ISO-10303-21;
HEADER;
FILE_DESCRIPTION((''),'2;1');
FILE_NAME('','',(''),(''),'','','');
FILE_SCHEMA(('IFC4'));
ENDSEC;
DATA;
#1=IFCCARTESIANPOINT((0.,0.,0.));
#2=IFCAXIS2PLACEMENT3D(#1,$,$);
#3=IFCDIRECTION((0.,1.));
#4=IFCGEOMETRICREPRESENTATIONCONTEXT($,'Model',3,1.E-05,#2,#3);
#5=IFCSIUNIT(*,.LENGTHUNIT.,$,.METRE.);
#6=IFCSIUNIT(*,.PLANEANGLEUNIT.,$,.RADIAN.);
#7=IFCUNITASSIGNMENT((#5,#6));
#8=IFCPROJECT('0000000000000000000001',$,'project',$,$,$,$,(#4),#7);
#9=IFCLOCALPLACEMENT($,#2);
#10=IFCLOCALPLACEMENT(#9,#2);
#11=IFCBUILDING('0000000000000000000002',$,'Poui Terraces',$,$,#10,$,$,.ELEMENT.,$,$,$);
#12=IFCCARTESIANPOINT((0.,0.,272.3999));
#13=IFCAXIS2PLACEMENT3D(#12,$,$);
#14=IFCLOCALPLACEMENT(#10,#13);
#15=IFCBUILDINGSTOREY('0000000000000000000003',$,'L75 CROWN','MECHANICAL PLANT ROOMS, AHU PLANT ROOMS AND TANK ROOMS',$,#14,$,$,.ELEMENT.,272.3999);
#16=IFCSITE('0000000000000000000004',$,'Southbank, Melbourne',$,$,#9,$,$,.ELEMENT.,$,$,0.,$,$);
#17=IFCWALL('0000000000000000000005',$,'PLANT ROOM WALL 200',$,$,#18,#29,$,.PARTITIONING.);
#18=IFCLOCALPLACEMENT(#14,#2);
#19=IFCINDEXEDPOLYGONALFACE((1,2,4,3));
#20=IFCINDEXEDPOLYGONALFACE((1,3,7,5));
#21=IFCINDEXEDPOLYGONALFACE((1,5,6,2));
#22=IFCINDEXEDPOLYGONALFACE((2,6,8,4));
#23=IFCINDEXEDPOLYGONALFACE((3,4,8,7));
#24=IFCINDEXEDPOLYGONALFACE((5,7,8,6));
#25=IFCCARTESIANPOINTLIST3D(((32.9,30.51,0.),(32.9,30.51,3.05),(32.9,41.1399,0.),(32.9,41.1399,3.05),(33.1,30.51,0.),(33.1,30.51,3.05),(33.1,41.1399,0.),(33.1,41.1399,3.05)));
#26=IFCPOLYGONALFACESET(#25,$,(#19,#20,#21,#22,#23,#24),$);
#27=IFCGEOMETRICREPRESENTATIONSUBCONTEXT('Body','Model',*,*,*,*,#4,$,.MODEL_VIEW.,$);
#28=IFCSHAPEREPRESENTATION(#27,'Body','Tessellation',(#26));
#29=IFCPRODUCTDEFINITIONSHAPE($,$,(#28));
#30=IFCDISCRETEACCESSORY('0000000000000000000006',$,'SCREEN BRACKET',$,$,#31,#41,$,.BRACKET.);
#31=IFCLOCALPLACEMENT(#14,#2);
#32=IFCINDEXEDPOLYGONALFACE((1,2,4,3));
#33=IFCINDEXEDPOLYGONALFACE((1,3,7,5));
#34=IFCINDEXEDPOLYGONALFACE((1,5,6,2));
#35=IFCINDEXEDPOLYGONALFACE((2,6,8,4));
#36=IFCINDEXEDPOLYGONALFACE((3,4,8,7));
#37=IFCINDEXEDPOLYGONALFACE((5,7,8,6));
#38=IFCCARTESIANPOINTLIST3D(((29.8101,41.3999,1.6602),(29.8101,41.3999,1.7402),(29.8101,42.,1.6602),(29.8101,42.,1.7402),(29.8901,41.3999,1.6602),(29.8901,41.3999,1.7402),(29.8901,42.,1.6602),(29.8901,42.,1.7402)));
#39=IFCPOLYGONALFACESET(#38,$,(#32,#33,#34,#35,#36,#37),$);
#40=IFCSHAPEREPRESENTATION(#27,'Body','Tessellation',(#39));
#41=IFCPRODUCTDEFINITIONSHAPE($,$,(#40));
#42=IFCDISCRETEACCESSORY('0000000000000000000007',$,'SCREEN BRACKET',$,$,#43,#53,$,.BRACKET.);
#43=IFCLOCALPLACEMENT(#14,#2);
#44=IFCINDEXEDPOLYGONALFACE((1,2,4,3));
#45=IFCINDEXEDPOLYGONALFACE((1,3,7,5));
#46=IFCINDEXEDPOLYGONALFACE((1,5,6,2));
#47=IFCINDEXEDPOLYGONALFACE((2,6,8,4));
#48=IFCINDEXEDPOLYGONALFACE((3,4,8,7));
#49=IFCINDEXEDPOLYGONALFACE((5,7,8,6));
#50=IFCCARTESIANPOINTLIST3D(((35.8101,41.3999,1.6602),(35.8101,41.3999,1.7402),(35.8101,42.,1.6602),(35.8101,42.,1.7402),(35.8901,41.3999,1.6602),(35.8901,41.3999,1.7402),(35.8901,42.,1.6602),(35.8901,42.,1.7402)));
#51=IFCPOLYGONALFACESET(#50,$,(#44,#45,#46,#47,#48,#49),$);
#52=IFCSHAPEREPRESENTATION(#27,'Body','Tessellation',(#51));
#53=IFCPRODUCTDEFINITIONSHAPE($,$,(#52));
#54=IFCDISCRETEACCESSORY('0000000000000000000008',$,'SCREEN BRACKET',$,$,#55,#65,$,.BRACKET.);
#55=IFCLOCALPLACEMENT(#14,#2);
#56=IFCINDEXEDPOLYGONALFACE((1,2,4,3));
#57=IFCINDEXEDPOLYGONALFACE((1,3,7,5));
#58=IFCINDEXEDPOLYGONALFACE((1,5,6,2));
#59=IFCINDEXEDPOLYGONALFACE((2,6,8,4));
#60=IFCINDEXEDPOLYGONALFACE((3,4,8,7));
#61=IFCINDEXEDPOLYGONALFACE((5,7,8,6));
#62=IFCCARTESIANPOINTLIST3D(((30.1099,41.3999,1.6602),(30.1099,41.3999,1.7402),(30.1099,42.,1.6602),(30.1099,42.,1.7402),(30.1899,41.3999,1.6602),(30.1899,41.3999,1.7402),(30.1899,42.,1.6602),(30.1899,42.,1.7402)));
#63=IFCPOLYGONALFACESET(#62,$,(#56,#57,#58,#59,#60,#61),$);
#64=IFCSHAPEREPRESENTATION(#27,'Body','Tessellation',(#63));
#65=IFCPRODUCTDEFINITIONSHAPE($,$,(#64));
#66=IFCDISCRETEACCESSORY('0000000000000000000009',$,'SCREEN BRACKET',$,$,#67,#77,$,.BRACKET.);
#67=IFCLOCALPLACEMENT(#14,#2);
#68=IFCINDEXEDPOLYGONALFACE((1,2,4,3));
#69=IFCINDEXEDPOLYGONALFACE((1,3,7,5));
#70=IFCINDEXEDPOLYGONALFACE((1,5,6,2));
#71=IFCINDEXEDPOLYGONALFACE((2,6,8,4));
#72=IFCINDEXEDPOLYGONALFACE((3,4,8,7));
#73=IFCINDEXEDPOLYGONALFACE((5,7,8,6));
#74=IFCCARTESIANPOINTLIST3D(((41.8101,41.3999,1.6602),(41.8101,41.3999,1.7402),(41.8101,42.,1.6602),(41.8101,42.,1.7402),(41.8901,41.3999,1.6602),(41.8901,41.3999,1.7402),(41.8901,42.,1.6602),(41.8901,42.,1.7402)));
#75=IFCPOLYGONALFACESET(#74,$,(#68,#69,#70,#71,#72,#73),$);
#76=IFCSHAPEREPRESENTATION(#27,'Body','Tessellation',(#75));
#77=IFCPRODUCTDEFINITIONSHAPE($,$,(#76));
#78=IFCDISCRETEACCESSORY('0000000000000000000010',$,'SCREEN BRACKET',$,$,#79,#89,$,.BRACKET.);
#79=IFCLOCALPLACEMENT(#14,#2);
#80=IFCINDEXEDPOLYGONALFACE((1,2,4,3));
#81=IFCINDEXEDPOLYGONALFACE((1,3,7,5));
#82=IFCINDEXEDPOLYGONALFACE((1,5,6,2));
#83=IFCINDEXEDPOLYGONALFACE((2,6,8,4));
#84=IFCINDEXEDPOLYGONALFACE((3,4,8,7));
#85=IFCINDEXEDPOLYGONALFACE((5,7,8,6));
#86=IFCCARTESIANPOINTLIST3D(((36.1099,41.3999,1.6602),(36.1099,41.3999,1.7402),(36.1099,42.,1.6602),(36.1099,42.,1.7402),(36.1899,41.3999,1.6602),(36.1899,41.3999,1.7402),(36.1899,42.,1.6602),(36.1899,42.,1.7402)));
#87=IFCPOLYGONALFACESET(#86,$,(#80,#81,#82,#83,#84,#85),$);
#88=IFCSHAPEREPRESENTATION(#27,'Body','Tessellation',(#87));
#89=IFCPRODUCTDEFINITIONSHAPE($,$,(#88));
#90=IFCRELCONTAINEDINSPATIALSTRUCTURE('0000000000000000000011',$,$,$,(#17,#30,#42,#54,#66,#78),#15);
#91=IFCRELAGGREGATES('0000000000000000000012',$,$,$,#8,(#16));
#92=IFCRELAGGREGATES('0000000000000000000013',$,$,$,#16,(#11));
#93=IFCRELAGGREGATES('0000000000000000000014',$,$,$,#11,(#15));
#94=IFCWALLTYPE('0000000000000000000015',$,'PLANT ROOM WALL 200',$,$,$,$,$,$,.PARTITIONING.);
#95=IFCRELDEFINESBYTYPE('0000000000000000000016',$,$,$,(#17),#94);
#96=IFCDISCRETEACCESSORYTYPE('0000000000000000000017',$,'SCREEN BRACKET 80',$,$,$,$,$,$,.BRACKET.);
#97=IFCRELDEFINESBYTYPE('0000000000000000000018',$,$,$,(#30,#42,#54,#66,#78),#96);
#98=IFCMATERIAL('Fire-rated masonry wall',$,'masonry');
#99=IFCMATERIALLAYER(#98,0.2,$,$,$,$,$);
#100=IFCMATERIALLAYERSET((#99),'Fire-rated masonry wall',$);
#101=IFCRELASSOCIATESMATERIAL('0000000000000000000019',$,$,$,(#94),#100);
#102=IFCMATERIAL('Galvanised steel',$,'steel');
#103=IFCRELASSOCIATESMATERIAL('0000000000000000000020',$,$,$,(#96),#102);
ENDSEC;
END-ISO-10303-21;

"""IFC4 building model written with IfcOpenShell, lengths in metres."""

from ifc_helpers import new_model, si_unit, direction, frame, frame_2d, origin, origin_2d, place, context, subcontext, project, spatial, rectangle, extrude, source, transform, mapped, material, layer, layer_set, material_profile, profile_set, type_object, element, save


model = new_model("IFC4")

# Units and contexts
model_context = context("Model", 3, precision=1e-05, world=origin(), true_north=direction((0.0, 1.0)))
body_context = subcontext(model_context, "Body", "Model", "MODEL_VIEW")
ifc_project = project(units=[si_unit("LENGTHUNIT", "METRE"), si_unit("PLANEANGLEUNIT", "RADIAN")], contexts=[model_context])

# Site, building, storey
site_placement = place(None, origin())
site = spatial("IfcSite", under=ifc_project, at=site_placement, Name="Southbank, Melbourne", CompositionType="ELEMENT", RefElevation=0.0)
building_placement = place(site_placement, origin())
building = spatial("IfcBuilding", under=site, at=building_placement, Name="Poui Terraces", CompositionType="ELEMENT")
storey_placement = place(building_placement, frame((0.0, 0.0, 272.3999)))
storey = spatial("IfcBuildingStorey", under=building, at=storey_placement, Name="L75 CROWN", Description="MECHANICAL PLANT ROOMS, AHU PLANT ROOMS AND TANK ROOMS", CompositionType="ELEMENT", Elevation=272.3999)

# Wall
ifc_material_1 = material(Name="Fire-rated masonry wall", Category="masonry")
ifc_layer_1 = layer(ifc_material_1, 0.2)
ifc_layer_set_1 = layer_set([ifc_layer_1], Name="Fire-rated masonry wall")
wall_type_1 = type_object("IfcWallType", Name="PLANT ROOM WALL 200", PredefinedType="PARTITIONING", material=ifc_layer_set_1)
wall_1_placement = place(storey_placement, frame((33.0, 30.51, 0.0), z_axis=(0.0, 0.0, 1.0), x_axis=(0.0, 1.0, 0.0)))
element("IfcWall", 1, at=wall_1_placement, inside=storey, type_object=wall_type_1, Name="PLANT ROOM WALL 200", PredefinedType="PARTITIONING", context=body_context, shape_type="SweptSolid", body=[
    extrude(rectangle(XDim=10.6299, YDim=0.2, at=frame_2d((5.3149, 0.0))), origin(), (0.0, 0.0, 1.0), 3.05),
])

# Discrete accessories
ifc_material_2 = material(Name="Galvanised steel", Category="steel")
ifc_material_profile_1 = material_profile(ifc_material_2, rectangle(XDim=0.0801, YDim=0.0801, at=origin_2d()), Name="SCREEN BRACKET 80")
ifc_profile_set_1 = profile_set([ifc_material_profile_1], Name="Galvanised steel")
discrete_accessory_type = type_object("IfcDiscreteAccessoryType", Name="SCREEN BRACKET 80", PredefinedType="BRACKET", material=ifc_profile_set_1)
shared_shape_1 = source(origin(), body_context, "Body", "SweptSolid", [
    extrude(rectangle(XDim=0.0801, YDim=0.0801, at=origin_2d()), origin(), (0.0, 0.0, 1.0), 0.6001),
])
for number, where, z_axis, x_axis, name in (
    (2, (29.8501, 41.3999, 1.7002), (0.0, 1.0, 0.0), (-1.0, 0.0, 0.0), "SCREEN BRACKET"),
    (3, (35.8501, 41.3999, 1.7002), (0.0, 1.0, 0.0), (-1.0, 0.0, 0.0), "SCREEN BRACKET"),
    (4, (30.1499, 41.3999, 1.7002), (0.0, 1.0, 0.0), (-1.0, 0.0, 0.0), "SCREEN BRACKET"),
    (5, (41.8501, 41.3999, 1.7002), (0.0, 1.0, 0.0), (-1.0, 0.0, 0.0), "SCREEN BRACKET"),
    (6, (36.1499, 41.3999, 1.7002), (0.0, 1.0, 0.0), (-1.0, 0.0, 0.0), "SCREEN BRACKET"),
):
    element("IfcDiscreteAccessory", number, at=place(storey_placement, frame(where, z_axis=z_axis, x_axis=x_axis)), inside=storey, type_object=discrete_accessory_type, Name=name, PredefinedType="BRACKET", context=body_context, shape_type="MappedRepresentation", body=[
        mapped(shared_shape_1, transform((0.0, 0.0, 0.0))),
    ])

save(model, "model.ifc")
